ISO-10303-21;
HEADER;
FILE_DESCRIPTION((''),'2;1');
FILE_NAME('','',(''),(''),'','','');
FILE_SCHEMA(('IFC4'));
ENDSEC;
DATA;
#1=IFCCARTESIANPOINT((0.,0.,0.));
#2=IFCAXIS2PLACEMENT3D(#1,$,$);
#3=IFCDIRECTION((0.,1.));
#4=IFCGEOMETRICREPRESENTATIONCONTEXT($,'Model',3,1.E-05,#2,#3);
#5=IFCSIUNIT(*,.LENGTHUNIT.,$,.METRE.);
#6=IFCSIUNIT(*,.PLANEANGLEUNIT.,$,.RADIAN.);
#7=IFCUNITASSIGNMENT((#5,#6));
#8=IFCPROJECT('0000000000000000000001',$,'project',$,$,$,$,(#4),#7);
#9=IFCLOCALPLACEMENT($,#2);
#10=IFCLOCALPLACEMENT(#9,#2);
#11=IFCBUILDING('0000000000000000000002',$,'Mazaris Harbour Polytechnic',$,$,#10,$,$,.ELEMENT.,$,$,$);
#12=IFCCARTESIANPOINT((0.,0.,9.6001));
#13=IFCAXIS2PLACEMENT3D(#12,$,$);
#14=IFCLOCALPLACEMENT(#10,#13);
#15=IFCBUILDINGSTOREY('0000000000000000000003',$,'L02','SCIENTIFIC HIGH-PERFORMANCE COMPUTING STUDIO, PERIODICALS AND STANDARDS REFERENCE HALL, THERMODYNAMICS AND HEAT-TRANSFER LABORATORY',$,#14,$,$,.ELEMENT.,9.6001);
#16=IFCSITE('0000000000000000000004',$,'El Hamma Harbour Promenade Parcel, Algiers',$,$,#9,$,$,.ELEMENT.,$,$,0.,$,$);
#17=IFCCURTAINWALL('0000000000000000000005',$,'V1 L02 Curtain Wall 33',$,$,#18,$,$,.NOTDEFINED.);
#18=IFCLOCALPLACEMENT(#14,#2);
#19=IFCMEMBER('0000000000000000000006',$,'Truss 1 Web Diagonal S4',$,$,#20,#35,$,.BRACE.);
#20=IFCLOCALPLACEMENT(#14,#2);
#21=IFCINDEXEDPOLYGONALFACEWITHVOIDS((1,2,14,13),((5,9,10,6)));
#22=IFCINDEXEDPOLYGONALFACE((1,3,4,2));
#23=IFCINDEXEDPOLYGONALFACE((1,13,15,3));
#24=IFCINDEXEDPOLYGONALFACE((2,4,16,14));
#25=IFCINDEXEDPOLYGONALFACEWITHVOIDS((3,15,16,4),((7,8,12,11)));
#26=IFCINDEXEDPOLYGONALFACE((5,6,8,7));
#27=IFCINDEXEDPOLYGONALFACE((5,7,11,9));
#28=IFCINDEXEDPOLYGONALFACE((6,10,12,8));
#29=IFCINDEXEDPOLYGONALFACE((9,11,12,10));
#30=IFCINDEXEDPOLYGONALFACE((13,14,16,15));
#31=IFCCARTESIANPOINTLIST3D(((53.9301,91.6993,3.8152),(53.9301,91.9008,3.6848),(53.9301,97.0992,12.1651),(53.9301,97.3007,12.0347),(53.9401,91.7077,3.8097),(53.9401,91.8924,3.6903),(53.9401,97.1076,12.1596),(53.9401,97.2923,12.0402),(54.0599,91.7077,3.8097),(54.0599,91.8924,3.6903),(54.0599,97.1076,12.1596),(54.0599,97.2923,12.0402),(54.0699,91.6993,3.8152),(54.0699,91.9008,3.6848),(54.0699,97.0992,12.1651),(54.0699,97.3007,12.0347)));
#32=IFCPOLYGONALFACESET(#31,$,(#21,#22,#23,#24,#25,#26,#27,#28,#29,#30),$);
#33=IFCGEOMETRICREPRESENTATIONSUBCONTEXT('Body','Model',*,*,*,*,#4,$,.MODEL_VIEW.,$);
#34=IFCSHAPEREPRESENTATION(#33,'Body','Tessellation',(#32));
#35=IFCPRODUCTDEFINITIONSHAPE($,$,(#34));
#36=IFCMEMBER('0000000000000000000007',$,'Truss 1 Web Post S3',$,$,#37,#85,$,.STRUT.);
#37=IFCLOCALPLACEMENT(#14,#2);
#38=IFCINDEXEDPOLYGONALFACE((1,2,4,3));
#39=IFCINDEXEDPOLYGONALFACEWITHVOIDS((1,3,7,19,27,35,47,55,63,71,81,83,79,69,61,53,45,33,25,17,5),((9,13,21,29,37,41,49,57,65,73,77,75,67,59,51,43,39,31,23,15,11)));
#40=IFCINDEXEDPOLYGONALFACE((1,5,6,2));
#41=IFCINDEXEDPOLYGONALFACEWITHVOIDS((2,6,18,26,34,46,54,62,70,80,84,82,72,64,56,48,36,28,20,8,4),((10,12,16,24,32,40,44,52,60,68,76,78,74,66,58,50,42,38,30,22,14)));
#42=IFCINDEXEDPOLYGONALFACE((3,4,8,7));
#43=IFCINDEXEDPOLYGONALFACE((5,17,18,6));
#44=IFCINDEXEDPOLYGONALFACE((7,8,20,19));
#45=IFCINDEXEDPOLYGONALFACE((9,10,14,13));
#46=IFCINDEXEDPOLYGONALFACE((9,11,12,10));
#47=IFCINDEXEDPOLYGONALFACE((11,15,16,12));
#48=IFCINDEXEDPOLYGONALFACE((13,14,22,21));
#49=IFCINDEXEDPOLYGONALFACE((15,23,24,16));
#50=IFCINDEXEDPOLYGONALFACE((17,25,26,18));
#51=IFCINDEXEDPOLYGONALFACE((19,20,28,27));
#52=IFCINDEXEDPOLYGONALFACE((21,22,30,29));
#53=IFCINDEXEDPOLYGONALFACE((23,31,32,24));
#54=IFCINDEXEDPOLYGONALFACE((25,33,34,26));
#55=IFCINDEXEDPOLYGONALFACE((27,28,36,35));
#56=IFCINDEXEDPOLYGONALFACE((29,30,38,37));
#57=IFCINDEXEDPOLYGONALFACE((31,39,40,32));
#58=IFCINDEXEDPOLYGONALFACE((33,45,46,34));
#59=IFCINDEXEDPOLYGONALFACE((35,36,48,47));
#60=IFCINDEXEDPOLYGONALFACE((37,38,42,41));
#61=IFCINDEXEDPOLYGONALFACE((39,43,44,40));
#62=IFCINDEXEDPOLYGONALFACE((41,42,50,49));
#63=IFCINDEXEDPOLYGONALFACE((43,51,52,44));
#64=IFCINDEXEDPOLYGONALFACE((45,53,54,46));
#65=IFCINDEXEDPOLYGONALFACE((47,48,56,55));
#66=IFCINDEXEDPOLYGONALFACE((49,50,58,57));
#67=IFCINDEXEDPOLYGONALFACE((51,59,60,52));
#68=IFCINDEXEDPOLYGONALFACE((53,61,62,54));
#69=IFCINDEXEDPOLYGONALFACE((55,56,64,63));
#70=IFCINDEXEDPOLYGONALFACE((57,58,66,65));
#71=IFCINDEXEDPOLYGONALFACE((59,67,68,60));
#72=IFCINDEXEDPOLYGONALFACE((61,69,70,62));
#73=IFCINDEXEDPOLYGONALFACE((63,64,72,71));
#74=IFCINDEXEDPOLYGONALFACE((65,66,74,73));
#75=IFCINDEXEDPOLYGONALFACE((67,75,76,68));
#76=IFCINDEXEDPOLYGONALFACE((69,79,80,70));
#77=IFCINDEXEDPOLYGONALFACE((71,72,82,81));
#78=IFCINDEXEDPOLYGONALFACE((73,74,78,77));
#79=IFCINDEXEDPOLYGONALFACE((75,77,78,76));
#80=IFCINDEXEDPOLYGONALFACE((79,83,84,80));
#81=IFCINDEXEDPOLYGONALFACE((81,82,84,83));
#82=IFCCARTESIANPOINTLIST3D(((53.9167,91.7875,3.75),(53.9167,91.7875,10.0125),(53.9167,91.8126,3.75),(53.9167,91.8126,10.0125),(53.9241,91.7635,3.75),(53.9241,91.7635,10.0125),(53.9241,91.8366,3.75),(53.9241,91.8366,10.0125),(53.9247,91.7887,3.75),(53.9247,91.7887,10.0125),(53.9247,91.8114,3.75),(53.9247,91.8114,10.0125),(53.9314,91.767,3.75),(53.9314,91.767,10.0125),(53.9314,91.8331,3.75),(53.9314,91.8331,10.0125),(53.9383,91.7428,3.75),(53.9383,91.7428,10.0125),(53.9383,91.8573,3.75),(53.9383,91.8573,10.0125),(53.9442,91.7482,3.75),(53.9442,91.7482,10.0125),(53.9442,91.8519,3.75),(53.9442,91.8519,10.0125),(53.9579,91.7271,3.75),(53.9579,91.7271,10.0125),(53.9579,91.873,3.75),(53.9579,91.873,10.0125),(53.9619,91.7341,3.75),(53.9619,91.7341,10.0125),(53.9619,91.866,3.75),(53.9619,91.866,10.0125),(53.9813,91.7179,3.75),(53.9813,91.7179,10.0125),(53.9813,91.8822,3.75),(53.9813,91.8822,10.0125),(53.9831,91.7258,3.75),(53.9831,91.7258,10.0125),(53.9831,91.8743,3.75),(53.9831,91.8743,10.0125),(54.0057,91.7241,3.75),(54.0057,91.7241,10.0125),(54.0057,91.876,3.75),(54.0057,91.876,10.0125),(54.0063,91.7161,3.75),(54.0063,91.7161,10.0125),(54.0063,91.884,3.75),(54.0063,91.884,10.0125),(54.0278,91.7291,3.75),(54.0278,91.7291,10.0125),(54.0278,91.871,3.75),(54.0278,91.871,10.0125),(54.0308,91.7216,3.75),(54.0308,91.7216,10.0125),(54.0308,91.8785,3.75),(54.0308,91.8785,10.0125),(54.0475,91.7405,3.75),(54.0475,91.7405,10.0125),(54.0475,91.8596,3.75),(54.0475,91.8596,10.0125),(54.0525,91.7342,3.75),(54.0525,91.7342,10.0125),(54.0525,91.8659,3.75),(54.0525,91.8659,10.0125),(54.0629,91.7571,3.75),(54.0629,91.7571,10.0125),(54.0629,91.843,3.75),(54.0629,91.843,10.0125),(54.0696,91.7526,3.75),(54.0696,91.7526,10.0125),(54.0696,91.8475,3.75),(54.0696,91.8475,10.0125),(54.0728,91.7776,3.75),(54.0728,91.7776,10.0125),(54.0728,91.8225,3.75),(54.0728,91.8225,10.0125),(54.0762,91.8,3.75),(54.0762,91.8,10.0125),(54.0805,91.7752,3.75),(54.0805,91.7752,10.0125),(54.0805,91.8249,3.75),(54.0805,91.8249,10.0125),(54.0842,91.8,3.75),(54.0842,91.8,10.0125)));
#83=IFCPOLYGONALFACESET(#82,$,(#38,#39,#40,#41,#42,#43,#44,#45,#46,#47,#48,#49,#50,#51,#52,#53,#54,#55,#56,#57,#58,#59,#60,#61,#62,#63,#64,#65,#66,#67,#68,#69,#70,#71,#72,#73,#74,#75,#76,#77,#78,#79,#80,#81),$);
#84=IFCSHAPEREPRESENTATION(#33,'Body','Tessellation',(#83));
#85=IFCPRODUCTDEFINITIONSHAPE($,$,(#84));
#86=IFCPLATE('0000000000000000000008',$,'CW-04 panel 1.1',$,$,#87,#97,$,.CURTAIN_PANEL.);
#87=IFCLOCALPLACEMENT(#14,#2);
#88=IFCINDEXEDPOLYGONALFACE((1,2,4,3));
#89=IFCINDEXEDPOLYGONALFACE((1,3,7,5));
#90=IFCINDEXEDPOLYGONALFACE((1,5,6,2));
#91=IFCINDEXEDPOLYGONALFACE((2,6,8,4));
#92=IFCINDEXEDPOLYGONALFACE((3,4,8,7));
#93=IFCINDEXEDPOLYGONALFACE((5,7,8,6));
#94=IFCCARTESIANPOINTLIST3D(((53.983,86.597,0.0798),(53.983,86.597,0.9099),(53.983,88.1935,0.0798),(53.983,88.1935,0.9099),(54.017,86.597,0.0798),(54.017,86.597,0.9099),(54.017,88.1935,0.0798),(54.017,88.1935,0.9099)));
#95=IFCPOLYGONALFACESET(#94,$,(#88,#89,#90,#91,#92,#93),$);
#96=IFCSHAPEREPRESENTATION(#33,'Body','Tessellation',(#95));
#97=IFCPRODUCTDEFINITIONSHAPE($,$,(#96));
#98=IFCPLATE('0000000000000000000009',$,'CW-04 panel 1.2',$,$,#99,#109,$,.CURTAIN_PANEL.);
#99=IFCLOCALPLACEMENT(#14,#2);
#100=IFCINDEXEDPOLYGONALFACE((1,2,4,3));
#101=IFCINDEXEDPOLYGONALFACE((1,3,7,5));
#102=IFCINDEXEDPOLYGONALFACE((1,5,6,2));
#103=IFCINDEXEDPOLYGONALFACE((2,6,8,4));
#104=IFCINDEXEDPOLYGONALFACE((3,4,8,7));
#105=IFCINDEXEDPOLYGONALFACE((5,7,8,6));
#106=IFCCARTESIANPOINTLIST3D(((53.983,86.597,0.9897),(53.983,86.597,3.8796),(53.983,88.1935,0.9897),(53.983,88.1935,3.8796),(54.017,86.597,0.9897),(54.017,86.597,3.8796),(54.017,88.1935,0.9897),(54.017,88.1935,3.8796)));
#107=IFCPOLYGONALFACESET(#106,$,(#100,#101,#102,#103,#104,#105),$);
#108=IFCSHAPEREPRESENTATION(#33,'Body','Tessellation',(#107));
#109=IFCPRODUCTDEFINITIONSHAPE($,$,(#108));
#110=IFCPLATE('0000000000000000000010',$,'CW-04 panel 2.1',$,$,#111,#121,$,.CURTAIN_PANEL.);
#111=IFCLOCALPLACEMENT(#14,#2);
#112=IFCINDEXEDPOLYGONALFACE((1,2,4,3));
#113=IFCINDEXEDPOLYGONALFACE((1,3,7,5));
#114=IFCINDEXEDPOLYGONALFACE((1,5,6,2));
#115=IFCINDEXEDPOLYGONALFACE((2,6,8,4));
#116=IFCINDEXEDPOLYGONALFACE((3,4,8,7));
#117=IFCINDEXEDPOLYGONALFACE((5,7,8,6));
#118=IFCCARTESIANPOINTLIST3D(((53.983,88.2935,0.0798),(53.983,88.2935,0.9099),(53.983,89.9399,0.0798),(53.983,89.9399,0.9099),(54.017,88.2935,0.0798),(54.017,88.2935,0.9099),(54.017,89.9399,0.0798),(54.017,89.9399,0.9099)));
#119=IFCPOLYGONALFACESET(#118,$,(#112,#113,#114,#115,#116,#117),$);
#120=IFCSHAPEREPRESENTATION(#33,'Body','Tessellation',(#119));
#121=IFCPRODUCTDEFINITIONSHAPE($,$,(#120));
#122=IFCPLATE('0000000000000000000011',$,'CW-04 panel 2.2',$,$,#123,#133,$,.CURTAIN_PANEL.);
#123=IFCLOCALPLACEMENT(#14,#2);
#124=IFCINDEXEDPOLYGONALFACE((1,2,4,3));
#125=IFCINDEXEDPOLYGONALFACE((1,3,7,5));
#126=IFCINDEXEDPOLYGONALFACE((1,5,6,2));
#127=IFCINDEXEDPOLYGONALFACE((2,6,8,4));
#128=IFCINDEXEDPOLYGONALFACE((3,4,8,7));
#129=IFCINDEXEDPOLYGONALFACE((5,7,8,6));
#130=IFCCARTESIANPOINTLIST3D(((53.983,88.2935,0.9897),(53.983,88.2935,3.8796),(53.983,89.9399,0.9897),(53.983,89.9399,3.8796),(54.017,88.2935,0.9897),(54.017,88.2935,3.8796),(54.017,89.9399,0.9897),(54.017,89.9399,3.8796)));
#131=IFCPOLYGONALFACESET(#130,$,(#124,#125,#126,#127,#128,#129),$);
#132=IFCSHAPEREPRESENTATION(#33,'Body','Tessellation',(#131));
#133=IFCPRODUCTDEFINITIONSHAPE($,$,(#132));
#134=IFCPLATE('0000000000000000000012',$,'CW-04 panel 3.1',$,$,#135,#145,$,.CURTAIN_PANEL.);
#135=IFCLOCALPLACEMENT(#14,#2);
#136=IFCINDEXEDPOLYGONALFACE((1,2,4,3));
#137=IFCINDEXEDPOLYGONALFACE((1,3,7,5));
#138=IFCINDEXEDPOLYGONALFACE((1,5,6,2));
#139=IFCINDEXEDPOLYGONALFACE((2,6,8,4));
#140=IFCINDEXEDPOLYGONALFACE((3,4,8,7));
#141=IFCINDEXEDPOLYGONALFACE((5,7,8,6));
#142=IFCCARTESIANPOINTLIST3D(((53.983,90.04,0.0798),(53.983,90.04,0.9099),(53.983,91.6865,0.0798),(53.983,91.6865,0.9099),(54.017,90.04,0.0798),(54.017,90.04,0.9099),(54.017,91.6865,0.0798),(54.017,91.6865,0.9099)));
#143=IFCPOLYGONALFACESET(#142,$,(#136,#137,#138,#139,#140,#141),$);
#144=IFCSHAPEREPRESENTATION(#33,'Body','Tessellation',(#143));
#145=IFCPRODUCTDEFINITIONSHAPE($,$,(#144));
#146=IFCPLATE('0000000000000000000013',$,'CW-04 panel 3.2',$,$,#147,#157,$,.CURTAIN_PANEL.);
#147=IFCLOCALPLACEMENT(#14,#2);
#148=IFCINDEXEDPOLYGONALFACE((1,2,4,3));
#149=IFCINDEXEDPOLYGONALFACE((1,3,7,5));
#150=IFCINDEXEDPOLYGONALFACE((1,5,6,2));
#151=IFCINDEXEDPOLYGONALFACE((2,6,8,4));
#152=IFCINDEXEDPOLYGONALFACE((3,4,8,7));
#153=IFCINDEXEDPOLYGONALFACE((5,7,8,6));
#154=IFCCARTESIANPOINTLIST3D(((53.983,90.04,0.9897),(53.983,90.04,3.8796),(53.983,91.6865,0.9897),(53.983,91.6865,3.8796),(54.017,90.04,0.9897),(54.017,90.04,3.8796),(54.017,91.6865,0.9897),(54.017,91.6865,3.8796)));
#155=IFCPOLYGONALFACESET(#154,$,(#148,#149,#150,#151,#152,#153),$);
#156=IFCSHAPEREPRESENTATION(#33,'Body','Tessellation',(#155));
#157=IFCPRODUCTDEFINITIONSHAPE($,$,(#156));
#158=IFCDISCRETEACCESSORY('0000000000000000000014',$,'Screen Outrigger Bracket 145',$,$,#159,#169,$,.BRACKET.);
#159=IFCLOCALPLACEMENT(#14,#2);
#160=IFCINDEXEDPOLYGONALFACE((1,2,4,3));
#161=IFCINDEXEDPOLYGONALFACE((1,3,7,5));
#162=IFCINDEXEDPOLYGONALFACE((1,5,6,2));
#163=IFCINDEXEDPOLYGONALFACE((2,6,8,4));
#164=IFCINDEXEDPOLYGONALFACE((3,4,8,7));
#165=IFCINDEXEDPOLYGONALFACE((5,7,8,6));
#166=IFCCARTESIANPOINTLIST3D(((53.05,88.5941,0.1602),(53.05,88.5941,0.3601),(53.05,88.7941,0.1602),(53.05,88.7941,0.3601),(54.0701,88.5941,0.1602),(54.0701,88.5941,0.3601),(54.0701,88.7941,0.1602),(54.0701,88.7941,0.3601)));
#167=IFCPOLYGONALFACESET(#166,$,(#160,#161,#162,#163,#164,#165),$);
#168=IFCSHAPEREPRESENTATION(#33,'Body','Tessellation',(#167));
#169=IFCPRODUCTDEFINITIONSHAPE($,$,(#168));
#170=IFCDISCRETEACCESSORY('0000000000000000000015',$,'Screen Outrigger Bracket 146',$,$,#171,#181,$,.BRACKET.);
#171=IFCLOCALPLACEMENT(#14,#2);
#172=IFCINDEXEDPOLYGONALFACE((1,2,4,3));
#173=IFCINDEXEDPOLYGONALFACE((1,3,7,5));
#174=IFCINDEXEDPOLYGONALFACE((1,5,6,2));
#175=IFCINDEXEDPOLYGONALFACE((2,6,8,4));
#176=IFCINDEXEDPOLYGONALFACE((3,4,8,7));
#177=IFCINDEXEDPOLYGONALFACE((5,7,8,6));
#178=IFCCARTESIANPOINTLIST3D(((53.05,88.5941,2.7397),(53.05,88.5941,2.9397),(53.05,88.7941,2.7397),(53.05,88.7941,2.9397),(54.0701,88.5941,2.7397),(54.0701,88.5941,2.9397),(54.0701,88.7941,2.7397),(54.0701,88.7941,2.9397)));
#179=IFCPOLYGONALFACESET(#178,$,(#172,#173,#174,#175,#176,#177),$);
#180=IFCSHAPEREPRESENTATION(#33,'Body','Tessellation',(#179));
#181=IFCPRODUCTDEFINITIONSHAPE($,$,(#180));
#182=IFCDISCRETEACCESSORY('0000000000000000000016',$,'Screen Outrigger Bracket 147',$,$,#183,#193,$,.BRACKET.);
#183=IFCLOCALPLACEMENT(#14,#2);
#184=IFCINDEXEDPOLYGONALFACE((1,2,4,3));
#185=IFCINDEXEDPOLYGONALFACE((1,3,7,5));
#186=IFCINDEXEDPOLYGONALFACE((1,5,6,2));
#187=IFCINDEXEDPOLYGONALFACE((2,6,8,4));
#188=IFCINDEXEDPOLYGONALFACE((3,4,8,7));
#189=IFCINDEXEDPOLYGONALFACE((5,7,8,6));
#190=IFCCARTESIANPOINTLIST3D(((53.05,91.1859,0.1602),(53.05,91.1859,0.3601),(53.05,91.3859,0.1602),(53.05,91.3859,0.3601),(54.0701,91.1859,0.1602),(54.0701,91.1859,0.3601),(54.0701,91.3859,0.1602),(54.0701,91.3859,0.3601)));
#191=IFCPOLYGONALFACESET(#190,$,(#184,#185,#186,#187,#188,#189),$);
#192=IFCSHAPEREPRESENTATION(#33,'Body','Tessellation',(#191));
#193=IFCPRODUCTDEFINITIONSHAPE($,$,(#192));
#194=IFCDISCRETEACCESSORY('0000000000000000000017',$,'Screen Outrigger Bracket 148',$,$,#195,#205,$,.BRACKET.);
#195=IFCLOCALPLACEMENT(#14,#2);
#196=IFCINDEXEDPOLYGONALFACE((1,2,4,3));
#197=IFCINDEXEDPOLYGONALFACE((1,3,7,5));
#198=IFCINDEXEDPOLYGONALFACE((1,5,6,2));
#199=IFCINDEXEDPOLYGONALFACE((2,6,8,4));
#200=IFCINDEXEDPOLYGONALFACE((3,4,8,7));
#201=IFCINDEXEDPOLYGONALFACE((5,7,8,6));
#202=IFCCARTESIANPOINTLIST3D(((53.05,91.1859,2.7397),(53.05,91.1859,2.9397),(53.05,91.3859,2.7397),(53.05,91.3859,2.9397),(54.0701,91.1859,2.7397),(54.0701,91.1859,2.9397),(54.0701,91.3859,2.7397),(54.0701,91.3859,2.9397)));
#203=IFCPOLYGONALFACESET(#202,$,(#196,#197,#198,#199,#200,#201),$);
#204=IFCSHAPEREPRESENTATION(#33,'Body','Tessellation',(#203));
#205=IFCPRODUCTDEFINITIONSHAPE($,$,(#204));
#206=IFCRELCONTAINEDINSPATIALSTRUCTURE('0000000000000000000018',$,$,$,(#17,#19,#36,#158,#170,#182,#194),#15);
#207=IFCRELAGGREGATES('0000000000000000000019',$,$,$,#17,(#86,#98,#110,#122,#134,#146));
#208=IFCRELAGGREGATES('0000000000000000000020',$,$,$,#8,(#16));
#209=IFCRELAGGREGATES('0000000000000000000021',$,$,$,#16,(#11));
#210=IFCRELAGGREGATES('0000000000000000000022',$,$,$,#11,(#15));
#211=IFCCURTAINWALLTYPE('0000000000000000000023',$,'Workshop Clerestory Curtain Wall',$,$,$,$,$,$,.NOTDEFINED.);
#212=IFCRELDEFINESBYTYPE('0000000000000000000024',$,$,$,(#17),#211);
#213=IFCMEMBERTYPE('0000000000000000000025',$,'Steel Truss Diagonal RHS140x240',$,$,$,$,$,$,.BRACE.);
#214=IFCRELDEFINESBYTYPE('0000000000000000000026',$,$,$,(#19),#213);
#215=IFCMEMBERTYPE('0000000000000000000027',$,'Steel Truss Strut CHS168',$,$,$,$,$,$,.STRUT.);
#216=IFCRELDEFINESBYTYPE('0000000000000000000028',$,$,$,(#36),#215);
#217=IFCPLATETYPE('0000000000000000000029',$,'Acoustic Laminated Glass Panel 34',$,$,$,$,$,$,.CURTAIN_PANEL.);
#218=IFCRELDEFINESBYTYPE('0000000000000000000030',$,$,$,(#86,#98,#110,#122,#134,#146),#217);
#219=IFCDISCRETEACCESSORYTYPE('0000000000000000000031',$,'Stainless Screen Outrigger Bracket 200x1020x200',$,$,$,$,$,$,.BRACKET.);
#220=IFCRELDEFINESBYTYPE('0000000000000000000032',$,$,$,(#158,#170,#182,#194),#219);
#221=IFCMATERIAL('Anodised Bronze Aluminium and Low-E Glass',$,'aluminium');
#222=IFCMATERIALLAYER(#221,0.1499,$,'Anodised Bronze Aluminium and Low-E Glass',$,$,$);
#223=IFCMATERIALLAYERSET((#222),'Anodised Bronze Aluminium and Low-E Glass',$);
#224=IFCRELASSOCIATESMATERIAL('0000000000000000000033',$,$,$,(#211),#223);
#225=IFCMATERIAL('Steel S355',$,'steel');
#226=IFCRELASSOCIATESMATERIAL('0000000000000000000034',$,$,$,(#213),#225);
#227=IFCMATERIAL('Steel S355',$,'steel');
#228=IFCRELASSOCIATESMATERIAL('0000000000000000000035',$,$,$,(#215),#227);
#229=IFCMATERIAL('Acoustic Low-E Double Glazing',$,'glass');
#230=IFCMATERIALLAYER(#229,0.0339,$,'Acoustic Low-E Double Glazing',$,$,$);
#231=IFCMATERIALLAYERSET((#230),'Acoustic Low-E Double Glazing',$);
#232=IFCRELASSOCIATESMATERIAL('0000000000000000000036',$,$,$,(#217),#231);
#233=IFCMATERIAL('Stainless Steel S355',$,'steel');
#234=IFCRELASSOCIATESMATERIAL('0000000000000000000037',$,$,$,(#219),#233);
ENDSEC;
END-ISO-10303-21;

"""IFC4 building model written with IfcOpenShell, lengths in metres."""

from ifc_helpers import new_model, si_unit, direction, frame, origin, origin_2d, place, context, subcontext, project, spatial, rectangle, hollow_rectangle, hollow_circle, extrude, material, layer, layer_set, material_profile, profile_set, type_object, element, aggregate, save


model = new_model("IFC4")

# Units and contexts
model_context = context("Model", 3, precision=1e-05, world=origin(), true_north=direction((0.0, 1.0)))
body_context = subcontext(model_context, "Body", "Model", "MODEL_VIEW")
ifc_project = project(units=[si_unit("LENGTHUNIT", "METRE"), si_unit("PLANEANGLEUNIT", "RADIAN")], contexts=[model_context])

# Site, building, storey
site_placement = place(None, origin())
site = spatial("IfcSite", under=ifc_project, at=site_placement, Name="El Hamma Harbour Promenade Parcel, Algiers", CompositionType="ELEMENT", RefElevation=0.0)
building_placement = place(site_placement, origin())
building = spatial("IfcBuilding", under=site, at=building_placement, Name="Mazaris Harbour Polytechnic", CompositionType="ELEMENT")
storey_placement = place(building_placement, frame((0.0, 0.0, 9.6001)))
storey = spatial("IfcBuildingStorey", under=building, at=storey_placement, Name="L02", Description="SCIENTIFIC HIGH-PERFORMANCE COMPUTING STUDIO, PERIODICALS AND STANDARDS REFERENCE HALL, THERMODYNAMICS AND HEAT-TRANSFER LABORATORY", CompositionType="ELEMENT", Elevation=9.6001)

# Curtain wall
ifc_material_1 = material(Name="Anodised Bronze Aluminium and Low-E Glass", Category="aluminium")
ifc_layer_1 = layer(ifc_material_1, 0.1499, Name="Anodised Bronze Aluminium and Low-E Glass")
ifc_layer_set_1 = layer_set([ifc_layer_1], Name="Anodised Bronze Aluminium and Low-E Glass")
curtain_wall_type = type_object("IfcCurtainWallType", Name="Workshop Clerestory Curtain Wall", PredefinedType="NOTDEFINED", material=ifc_layer_set_1)
curtain_wall_placement = place(storey_placement, origin())
curtain_wall = element("IfcCurtainWall", 1, at=curtain_wall_placement, inside=storey, type_object=curtain_wall_type, Name="V1 L02 Curtain Wall 33", PredefinedType="NOTDEFINED")

# Members
ifc_material_2 = material(Name="Steel S355", Category="steel")
ifc_material_profile_1 = material_profile(ifc_material_2, hollow_rectangle(XDim=0.1399, YDim=0.24, WallThickness=0.01, at=origin_2d()), Name="RHS 140x240x10.0")
ifc_profile_set_1 = profile_set([ifc_material_profile_1], Name="Steel S355")
member_type_1 = type_object("IfcMemberType", Name="Steel Truss Diagonal RHS140x240", PredefinedType="BRACE", material=ifc_profile_set_1)
member_1_placement = place(storey_placement, frame((54.0, 91.8, 3.75), z_axis=(0.0, 0.543043, 0.839705), x_axis=(-1.0, 0.0, 0.0)))
element("IfcMember", 2, at=member_1_placement, inside=storey, type_object=member_type_1, Name="Truss 1 Web Diagonal S4", PredefinedType="BRACE", context=body_context, shape_type="SweptSolid", body=[
    extrude(hollow_rectangle(XDim=0.1399, YDim=0.24, WallThickness=0.01, at=origin_2d()), origin(), (0.0, 0.0, 1.0), 9.9438),
])
ifc_material_3 = material(Name="Steel S355", Category="steel")
ifc_material_profile_2 = material_profile(ifc_material_3, hollow_circle(Radius=0.0842, WallThickness=0.0081, at=origin_2d()), Name="CHS 168.3x8.0")
ifc_profile_set_2 = profile_set([ifc_material_profile_2], Name="Steel S355")
member_type_2 = type_object("IfcMemberType", Name="Steel Truss Strut CHS168", PredefinedType="STRUT", material=ifc_profile_set_2)
member_2_placement = place(storey_placement, frame((54.0, 91.8, 3.75), z_axis=(0.0, 0.0, 1.0), x_axis=(1.0, 0.0, 0.0)))
element("IfcMember", 3, at=member_2_placement, inside=storey, type_object=member_type_2, Name="Truss 1 Web Post S3", PredefinedType="STRUT", context=body_context, shape_type="SweptSolid", body=[
    extrude(hollow_circle(Radius=0.0842, WallThickness=0.0081, at=origin_2d()), origin(), (0.0, 0.0, 1.0), 6.2625),
])

# Plates
ifc_material_4 = material(Name="Acoustic Low-E Double Glazing", Category="glass")
ifc_layer_2 = layer(ifc_material_4, 0.0339, Name="Acoustic Low-E Double Glazing")
ifc_layer_set_2 = layer_set([ifc_layer_2], Name="Acoustic Low-E Double Glazing")
plate_type = type_object("IfcPlateType", Name="Acoustic Laminated Glass Panel 34", PredefinedType="CURTAIN_PANEL", material=ifc_layer_set_2)
plate_1_placement = place(storey_placement, frame((54.0, 87.3953, 0.0798), z_axis=(0.0, 0.0, 1.0), x_axis=(0.0, 1.0, 0.0)))
plate_1 = element("IfcPlate", 4, at=plate_1_placement, type_object=plate_type, Name="CW-04 panel 1.1", PredefinedType="CURTAIN_PANEL", context=body_context, shape_type="SweptSolid", body=[
    extrude(rectangle(XDim=1.5964, YDim=0.0339, at=origin_2d()), origin(), (0.0, 0.0, 1.0), 0.8301),
])
plate_2_placement = place(storey_placement, frame((54.0, 87.3953, 0.9897), z_axis=(0.0, 0.0, 1.0), x_axis=(0.0, 1.0, 0.0)))
plate_2 = element("IfcPlate", 5, at=plate_2_placement, type_object=plate_type, Name="CW-04 panel 1.2", PredefinedType="CURTAIN_PANEL", context=body_context, shape_type="SweptSolid", body=[
    extrude(rectangle(XDim=1.5964, YDim=0.0339, at=origin_2d()), origin(), (0.0, 0.0, 1.0), 2.8899),
])
plate_3_placement = place(storey_placement, frame((54.0, 89.1167, 0.0798), z_axis=(0.0, 0.0, 1.0), x_axis=(0.0, 1.0, 0.0)))
plate_3 = element("IfcPlate", 6, at=plate_3_placement, type_object=plate_type, Name="CW-04 panel 2.1", PredefinedType="CURTAIN_PANEL", context=body_context, shape_type="SweptSolid", body=[
    extrude(rectangle(XDim=1.6465, YDim=0.0339, at=origin_2d()), origin(), (0.0, 0.0, 1.0), 0.8301),
])
plate_4_placement = place(storey_placement, frame((54.0, 89.1167, 0.9897), z_axis=(0.0, 0.0, 1.0), x_axis=(0.0, 1.0, 0.0)))
plate_4 = element("IfcPlate", 7, at=plate_4_placement, type_object=plate_type, Name="CW-04 panel 2.2", PredefinedType="CURTAIN_PANEL", context=body_context, shape_type="SweptSolid", body=[
    extrude(rectangle(XDim=1.6465, YDim=0.0339, at=origin_2d()), origin(), (0.0, 0.0, 1.0), 2.8899),
])
plate_5_placement = place(storey_placement, frame((54.0, 90.8633, 0.0798), z_axis=(0.0, 0.0, 1.0), x_axis=(0.0, 1.0, 0.0)))
plate_5 = element("IfcPlate", 8, at=plate_5_placement, type_object=plate_type, Name="CW-04 panel 3.1", PredefinedType="CURTAIN_PANEL", context=body_context, shape_type="SweptSolid", body=[
    extrude(rectangle(XDim=1.6465, YDim=0.0339, at=origin_2d()), origin(), (0.0, 0.0, 1.0), 0.8301),
])
plate_6_placement = place(storey_placement, frame((54.0, 90.8633, 0.9897), z_axis=(0.0, 0.0, 1.0), x_axis=(0.0, 1.0, 0.0)))
plate_6 = element("IfcPlate", 9, at=plate_6_placement, type_object=plate_type, Name="CW-04 panel 3.2", PredefinedType="CURTAIN_PANEL", context=body_context, shape_type="SweptSolid", body=[
    extrude(rectangle(XDim=1.6465, YDim=0.0339, at=origin_2d()), origin(), (0.0, 0.0, 1.0), 2.8899),
])
aggregate(curtain_wall, [plate_1, plate_2, plate_3, plate_4, plate_5, plate_6])

# Discrete accessories
ifc_material_5 = material(Name="Stainless Steel S355", Category="steel")
discrete_accessory_type = type_object("IfcDiscreteAccessoryType", Name="Stainless Screen Outrigger Bracket 200x1020x200", PredefinedType="BRACKET", material=ifc_material_5)
for number, where, z_axis, x_axis, name in (
    (10, (53.5601, 88.6941, 0.1602), (0.0, 0.0, 1.0), (0.0, 1.0, 0.0), "Screen Outrigger Bracket 145"),
    (11, (53.5601, 88.6941, 2.7397), (0.0, 0.0, 1.0), (0.0, 1.0, 0.0), "Screen Outrigger Bracket 146"),
    (12, (53.5601, 91.2859, 0.1602), (0.0, 0.0, 1.0), (0.0, 1.0, 0.0), "Screen Outrigger Bracket 147"),
    (13, (53.5601, 91.2859, 2.7397), (0.0, 0.0, 1.0), (0.0, 1.0, 0.0), "Screen Outrigger Bracket 148"),
):
    element("IfcDiscreteAccessory", number, at=place(storey_placement, frame(where, z_axis=z_axis, x_axis=x_axis)), inside=storey, type_object=discrete_accessory_type, Name=name, PredefinedType="BRACKET", context=body_context, shape_type="SweptSolid", body=[
        extrude(rectangle(XDim=0.2, YDim=1.02, at=origin_2d()), origin(), (0.0, 0.0, 1.0), 0.2),
    ])

save(model, "model.ifc")
